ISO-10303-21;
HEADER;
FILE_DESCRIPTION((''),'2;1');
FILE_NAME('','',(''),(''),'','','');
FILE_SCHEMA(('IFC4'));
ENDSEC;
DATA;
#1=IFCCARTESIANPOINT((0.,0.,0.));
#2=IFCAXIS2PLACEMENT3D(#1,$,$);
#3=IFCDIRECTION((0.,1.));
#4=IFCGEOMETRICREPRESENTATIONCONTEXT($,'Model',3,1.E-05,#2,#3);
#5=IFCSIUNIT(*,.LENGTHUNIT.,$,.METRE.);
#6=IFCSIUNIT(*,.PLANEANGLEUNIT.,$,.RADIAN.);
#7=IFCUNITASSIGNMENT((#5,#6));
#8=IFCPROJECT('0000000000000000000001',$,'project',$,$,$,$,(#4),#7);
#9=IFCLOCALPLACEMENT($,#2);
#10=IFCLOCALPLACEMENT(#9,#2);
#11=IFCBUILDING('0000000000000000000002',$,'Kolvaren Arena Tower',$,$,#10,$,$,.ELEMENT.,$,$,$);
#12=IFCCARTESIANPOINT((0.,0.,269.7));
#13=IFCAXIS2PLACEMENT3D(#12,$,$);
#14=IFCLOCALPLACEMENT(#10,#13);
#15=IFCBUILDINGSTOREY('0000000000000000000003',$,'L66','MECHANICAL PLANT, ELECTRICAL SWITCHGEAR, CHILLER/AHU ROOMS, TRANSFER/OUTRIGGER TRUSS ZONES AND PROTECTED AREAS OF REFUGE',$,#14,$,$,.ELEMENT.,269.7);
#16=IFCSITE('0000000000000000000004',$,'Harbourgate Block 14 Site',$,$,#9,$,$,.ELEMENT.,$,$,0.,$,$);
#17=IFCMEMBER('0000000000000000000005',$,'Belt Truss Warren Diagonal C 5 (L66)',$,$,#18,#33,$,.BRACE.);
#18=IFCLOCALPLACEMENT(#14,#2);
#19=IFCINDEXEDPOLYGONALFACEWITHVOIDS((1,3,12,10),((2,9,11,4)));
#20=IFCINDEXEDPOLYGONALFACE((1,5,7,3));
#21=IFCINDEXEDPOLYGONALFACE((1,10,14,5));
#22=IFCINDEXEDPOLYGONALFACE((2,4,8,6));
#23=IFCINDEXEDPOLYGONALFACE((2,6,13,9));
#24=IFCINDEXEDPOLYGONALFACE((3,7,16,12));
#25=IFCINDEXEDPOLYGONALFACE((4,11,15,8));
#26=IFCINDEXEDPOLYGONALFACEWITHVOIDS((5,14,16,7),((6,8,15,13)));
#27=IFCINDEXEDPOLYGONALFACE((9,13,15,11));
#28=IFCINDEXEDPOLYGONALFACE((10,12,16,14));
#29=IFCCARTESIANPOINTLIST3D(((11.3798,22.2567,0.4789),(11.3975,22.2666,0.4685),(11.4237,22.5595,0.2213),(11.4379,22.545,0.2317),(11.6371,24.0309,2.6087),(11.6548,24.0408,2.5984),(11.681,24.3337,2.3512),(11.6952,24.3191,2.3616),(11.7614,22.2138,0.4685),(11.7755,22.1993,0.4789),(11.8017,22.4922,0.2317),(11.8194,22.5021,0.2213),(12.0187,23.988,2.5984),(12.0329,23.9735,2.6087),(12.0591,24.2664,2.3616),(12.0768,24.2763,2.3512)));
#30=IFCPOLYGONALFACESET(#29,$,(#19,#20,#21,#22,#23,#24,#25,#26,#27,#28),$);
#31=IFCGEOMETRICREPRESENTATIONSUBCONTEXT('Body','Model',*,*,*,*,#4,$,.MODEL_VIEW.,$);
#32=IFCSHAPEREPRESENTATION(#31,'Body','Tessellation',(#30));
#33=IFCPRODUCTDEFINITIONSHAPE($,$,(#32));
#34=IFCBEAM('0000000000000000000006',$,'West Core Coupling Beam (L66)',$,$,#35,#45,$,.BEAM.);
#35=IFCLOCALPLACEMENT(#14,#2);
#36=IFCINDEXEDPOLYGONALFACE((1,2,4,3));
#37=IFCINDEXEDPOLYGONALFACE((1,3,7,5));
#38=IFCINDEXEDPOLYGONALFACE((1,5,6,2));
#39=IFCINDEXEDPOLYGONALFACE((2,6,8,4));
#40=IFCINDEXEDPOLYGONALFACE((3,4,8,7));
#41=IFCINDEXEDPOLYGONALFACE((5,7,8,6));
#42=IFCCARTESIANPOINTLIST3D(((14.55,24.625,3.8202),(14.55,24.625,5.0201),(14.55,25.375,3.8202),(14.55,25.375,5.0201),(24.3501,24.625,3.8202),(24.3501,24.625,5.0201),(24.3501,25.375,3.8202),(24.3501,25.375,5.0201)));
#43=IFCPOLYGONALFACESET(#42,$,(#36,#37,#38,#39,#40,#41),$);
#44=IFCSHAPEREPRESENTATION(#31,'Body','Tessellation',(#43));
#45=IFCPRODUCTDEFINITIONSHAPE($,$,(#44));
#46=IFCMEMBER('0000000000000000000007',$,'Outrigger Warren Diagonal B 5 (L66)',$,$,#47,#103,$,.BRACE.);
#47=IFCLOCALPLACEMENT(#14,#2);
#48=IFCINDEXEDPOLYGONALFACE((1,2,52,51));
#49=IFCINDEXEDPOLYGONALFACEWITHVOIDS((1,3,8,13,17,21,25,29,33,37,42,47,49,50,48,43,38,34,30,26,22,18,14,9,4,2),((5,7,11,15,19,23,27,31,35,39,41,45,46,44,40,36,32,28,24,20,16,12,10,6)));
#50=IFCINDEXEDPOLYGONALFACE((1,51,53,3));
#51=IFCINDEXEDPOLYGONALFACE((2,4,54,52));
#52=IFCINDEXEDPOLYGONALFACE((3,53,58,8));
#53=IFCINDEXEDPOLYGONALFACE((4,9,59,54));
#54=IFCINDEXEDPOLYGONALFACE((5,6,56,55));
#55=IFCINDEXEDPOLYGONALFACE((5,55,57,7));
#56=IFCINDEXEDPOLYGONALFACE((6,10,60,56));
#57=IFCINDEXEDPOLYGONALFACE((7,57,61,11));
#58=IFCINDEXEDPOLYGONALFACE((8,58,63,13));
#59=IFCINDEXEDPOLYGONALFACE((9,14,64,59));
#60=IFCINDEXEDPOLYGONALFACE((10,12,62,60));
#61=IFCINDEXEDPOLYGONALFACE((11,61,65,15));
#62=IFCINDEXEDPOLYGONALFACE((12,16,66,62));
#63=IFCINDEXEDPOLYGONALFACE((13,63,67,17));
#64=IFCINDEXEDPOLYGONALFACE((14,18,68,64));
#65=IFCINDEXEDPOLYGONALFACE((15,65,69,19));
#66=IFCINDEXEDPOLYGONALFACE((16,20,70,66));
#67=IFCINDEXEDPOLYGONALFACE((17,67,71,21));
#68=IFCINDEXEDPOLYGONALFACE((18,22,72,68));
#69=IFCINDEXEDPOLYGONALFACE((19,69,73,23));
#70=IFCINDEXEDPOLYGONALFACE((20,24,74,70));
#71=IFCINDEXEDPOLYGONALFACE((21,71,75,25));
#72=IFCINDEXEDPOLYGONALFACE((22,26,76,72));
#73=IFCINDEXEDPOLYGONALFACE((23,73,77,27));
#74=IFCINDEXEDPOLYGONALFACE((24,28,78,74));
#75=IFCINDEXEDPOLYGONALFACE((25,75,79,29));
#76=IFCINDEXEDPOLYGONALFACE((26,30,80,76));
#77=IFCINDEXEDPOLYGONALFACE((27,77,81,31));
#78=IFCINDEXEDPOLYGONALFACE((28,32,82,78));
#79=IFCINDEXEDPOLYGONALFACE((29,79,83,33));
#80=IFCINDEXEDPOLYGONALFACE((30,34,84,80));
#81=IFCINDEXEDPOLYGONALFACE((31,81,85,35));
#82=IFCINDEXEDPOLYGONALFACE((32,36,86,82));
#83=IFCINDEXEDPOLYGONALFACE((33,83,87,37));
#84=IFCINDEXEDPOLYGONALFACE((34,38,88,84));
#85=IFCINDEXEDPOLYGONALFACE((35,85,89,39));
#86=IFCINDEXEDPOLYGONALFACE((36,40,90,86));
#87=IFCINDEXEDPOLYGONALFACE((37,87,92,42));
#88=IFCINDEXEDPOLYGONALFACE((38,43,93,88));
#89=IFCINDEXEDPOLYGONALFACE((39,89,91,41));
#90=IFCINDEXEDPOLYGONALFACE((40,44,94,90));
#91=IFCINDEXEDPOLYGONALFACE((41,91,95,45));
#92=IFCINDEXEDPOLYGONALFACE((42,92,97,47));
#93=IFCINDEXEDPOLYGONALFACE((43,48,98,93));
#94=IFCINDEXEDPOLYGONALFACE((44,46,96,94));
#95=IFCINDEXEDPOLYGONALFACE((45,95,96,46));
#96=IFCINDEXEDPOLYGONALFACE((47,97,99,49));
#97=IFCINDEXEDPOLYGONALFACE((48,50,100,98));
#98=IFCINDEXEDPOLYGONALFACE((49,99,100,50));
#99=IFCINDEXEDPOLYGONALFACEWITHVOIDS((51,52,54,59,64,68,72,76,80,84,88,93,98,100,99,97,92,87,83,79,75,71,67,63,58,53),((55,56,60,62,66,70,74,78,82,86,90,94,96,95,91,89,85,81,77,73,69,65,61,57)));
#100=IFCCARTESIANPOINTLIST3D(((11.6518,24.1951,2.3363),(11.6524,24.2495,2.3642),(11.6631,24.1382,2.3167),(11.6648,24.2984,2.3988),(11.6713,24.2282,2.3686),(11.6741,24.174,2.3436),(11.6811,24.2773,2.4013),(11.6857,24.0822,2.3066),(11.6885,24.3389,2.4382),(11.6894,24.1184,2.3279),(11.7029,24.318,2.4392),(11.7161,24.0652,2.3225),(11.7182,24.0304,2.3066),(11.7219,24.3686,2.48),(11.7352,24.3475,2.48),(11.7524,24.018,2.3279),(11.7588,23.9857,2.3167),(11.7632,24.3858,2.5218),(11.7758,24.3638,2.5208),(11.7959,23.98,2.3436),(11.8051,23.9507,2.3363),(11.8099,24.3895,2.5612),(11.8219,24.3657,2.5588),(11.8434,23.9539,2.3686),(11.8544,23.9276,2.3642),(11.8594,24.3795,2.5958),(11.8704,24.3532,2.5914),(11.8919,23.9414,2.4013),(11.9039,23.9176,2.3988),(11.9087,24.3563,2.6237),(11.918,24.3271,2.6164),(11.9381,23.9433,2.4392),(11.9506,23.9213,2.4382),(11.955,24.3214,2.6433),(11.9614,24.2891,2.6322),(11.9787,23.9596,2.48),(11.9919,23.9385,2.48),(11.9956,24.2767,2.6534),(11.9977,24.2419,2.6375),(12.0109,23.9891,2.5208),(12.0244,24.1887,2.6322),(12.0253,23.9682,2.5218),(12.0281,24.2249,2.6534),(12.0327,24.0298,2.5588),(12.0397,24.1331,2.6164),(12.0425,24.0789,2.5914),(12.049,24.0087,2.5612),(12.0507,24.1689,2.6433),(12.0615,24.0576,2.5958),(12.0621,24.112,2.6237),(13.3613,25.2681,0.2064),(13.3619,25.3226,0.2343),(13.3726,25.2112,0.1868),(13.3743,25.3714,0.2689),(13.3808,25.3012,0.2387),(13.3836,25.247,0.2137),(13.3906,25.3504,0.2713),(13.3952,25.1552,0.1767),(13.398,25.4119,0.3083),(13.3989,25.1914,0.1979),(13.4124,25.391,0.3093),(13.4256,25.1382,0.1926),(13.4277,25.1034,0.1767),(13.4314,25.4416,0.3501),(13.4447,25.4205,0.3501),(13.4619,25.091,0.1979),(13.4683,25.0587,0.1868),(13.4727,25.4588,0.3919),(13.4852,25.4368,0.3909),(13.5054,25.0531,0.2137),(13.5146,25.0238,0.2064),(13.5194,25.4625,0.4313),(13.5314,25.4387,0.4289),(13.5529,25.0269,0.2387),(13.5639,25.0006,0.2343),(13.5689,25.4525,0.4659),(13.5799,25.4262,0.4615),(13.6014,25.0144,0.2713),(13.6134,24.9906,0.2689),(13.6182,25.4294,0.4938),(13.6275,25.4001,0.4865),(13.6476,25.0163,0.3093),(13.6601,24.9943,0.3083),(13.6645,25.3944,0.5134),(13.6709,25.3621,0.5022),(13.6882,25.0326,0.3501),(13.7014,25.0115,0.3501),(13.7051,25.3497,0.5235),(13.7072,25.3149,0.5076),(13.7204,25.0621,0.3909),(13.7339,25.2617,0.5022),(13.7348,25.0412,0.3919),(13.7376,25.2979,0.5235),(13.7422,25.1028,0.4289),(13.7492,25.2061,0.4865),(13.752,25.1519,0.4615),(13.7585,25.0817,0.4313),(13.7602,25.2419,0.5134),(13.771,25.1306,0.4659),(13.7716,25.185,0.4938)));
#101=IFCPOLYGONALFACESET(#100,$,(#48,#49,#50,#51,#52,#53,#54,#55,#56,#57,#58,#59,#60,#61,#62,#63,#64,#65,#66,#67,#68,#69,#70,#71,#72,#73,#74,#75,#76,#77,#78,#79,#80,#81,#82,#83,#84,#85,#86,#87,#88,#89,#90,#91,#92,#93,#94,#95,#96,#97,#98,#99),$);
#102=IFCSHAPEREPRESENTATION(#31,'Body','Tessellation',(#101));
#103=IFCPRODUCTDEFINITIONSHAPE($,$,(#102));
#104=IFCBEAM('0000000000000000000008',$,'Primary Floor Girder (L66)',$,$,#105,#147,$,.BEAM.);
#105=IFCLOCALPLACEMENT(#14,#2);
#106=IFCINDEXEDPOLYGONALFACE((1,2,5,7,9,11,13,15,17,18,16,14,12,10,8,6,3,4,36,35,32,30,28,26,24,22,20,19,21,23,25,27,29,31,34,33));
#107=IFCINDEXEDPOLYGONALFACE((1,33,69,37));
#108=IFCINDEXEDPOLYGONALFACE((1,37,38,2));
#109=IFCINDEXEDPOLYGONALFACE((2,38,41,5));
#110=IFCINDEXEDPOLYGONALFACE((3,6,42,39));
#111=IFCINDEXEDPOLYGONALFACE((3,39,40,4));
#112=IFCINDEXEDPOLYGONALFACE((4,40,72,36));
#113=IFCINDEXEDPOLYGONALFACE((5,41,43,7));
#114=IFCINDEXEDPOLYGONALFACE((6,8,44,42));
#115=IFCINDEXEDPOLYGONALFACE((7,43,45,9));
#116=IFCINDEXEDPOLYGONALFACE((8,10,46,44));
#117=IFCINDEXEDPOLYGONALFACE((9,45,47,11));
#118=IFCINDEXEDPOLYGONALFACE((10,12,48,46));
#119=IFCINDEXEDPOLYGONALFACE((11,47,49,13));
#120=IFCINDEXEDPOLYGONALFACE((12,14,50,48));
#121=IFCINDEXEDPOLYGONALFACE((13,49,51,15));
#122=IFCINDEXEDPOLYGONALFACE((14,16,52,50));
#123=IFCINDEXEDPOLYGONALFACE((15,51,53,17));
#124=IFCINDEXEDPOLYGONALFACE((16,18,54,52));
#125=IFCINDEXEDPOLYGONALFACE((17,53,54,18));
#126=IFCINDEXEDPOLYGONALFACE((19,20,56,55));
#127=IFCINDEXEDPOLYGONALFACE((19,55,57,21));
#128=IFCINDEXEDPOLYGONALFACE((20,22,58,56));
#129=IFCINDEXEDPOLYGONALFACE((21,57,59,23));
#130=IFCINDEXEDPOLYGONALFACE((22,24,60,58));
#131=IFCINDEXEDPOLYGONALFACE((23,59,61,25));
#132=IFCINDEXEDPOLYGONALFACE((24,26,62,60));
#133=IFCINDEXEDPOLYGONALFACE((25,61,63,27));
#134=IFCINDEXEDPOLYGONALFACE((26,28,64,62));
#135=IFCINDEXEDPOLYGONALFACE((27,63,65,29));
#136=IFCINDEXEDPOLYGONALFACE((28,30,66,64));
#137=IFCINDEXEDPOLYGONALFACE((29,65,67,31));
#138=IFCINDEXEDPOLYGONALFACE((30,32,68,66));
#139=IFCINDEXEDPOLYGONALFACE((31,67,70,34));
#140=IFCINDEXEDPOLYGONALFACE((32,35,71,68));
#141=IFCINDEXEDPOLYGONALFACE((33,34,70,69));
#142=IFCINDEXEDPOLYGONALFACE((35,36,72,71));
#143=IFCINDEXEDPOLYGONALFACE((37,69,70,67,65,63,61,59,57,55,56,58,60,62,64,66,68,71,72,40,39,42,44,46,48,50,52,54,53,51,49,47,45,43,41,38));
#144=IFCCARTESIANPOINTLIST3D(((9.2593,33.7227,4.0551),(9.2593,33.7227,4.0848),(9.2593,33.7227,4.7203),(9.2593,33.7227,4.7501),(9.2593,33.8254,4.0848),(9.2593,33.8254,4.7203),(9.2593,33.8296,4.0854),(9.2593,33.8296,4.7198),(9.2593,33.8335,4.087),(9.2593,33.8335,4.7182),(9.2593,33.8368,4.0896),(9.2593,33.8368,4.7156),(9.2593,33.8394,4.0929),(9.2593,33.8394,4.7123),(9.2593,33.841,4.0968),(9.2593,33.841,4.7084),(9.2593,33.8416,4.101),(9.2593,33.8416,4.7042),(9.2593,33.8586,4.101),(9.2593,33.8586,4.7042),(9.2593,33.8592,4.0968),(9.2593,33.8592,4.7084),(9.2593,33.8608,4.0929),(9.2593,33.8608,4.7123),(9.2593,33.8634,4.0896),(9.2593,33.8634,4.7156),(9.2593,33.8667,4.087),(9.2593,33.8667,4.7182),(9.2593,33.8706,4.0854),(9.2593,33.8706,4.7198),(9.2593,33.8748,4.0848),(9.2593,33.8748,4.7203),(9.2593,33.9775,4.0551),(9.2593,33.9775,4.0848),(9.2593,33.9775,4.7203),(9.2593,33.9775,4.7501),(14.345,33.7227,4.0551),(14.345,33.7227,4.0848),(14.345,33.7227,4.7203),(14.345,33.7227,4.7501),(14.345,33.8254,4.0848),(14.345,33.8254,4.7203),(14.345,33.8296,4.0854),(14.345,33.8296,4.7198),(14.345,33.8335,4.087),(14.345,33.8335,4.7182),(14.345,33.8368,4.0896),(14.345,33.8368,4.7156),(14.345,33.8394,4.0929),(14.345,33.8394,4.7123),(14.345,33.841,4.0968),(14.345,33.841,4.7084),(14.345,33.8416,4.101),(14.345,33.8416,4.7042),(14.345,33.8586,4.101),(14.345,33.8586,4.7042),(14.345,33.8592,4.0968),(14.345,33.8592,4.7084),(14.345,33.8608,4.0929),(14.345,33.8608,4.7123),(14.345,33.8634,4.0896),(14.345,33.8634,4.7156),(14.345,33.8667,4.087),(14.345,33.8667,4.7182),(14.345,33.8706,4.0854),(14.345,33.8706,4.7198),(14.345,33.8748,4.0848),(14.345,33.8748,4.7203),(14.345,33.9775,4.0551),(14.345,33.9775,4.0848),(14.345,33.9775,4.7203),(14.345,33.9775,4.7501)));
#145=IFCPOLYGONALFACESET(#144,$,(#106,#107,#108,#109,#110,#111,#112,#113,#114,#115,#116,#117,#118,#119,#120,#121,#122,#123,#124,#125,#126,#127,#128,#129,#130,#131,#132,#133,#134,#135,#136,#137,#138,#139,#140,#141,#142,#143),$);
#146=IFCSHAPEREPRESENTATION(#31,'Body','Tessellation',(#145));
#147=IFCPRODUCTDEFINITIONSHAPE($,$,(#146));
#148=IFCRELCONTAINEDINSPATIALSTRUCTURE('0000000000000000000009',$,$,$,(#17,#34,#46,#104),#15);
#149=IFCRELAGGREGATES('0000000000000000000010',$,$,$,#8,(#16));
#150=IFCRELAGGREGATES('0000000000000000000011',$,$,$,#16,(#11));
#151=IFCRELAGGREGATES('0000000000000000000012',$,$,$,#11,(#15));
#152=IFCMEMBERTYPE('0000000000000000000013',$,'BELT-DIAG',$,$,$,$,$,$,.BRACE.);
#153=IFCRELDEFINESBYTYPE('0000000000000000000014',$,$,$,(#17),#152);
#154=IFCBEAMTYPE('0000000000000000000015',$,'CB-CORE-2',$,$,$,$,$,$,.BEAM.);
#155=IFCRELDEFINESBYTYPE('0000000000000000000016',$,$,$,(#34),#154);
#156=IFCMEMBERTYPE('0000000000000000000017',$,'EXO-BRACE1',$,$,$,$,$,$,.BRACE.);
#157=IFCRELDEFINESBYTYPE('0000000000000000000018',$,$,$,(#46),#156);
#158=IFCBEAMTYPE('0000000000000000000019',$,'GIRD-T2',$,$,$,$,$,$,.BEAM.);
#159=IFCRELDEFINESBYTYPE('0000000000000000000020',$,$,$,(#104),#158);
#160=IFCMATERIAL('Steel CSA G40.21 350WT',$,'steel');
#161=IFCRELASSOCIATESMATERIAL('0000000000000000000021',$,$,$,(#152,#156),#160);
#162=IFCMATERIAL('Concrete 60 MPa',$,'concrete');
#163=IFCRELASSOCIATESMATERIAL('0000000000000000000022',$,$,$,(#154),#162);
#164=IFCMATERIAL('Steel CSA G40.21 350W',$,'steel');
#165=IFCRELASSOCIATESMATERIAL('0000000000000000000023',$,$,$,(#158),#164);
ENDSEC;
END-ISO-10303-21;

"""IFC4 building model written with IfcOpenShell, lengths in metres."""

from ifc_helpers import new_model, si_unit, direction, frame, origin, origin_2d, place, context, subcontext, project, spatial, rectangle, hollow_rectangle, hollow_circle, i_section, extrude, material, material_profile, profile_set, type_object, element, save


model = new_model("IFC4")

# Units and contexts
model_context = context("Model", 3, precision=1e-05, world=origin(), true_north=direction((0.0, 1.0)))
body_context = subcontext(model_context, "Body", "Model", "MODEL_VIEW")
ifc_project = project(units=[si_unit("LENGTHUNIT", "METRE"), si_unit("PLANEANGLEUNIT", "RADIAN")], contexts=[model_context])

# Site, building, storey
site_placement = place(None, origin())
site = spatial("IfcSite", under=ifc_project, at=site_placement, Name="Harbourgate Block 14 Site", CompositionType="ELEMENT", RefElevation=0.0)
building_placement = place(site_placement, origin())
building = spatial("IfcBuilding", under=site, at=building_placement, Name="Kolvaren Arena Tower", CompositionType="ELEMENT")
storey_placement = place(building_placement, frame((0.0, 0.0, 269.7)))
storey = spatial("IfcBuildingStorey", under=building, at=storey_placement, Name="L66", Description="MECHANICAL PLANT, ELECTRICAL SWITCHGEAR, CHILLER/AHU ROOMS, TRANSFER/OUTRIGGER TRUSS ZONES AND PROTECTED AREAS OF REFUGE", CompositionType="ELEMENT", Elevation=269.7)

# Shared definitions
ifc_material_1 = material(Name="Steel CSA G40.21 350W", Category="steel")

# Member
ifc_material_2 = material(Name="Steel CSA G40.21 350WT", Category="steel")
ifc_material_profile_1 = material_profile(ifc_material_2, hollow_rectangle(XDim=0.3999, YDim=0.3999, WallThickness=0.0161, at=origin_2d()), Name="HSS 400x400x16")
ifc_profile_set_1 = profile_set([ifc_material_profile_1], Name="Steel CSA G40.21 350WT")
member_type_1 = type_object("IfcMemberType", Name="BELT-DIAG", PredefinedType="BRACE", material=ifc_profile_set_1)
member_1_placement = place(storey_placement, frame((11.8569, 24.1536, 2.48), z_axis=(-0.092432, -0.637289, -0.765062), x_axis=(0.989645, -0.143537, 0.0)))
element("IfcMember", 1, at=member_1_placement, inside=storey, type_object=member_type_1, Name="Belt Truss Warren Diagonal C 5 (L66)", PredefinedType="BRACE", context=body_context, shape_type="SweptSolid", body=[
    extrude(hollow_rectangle(XDim=0.3999, YDim=0.3999, WallThickness=0.0161, at=origin_2d()), origin(), (0.0, 0.0, 1.0), 2.7839),
])

# Beam
ifc_material_3 = material(Name="Concrete 60 MPa", Category="concrete")
ifc_material_profile_2 = material_profile(ifc_material_3, rectangle(XDim=0.75, YDim=1.2, at=origin_2d()), Name="RC-750x1200")
ifc_profile_set_2 = profile_set([ifc_material_profile_2], Name="Concrete 60 MPa")
beam_type_1 = type_object("IfcBeamType", Name="CB-CORE-2", PredefinedType="BEAM", material=ifc_profile_set_2)
beam_1_placement = place(storey_placement, frame((14.55, 25.0, 4.4202), z_axis=(1.0, 0.0, 0.0), x_axis=(0.0, 1.0, 0.0)))
element("IfcBeam", 2, at=beam_1_placement, inside=storey, type_object=beam_type_1, Name="West Core Coupling Beam (L66)", PredefinedType="BEAM", context=body_context, shape_type="SweptSolid", body=[
    extrude(rectangle(XDim=0.75, YDim=1.2, at=origin_2d()), origin(), (0.0, 0.0, 1.0), 9.8),
])

# Member
ifc_material_profile_3 = material_profile(ifc_material_2, hollow_circle(Radius=0.2539, WallThickness=0.0249, at=origin_2d()), Name="CHS 508x25")
ifc_profile_set_3 = profile_set([ifc_material_profile_3], Name="Steel CSA G40.21 350WT")
member_type_2 = type_object("IfcMemberType", Name="EXO-BRACE1", PredefinedType="BRACE", material=ifc_profile_set_3)
member_2_placement = place(storey_placement, frame((13.5664, 25.2266, 0.3501), z_axis=(-0.582586, -0.365676, 0.725861), x_axis=(0.531629, -0.846977, 0.0)))
element("IfcMember", 3, at=member_2_placement, inside=storey, type_object=member_type_2, Name="Outrigger Warren Diagonal B 5 (L66)", PredefinedType="BRACE", context=body_context, shape_type="SweptSolid", body=[
    extrude(hollow_circle(Radius=0.2539, WallThickness=0.0249, at=origin_2d()), origin(), (0.0, 0.0, 1.0), 2.9343),
])

# Beam
ifc_material_profile_4 = material_profile(ifc_material_1, i_section(OverallWidth=0.2549, OverallDepth=0.6951, WebThickness=0.0171, FlangeThickness=0.0298, FilletRadius=0.0161, at=origin_2d()), Name="W690x217")
ifc_profile_set_4 = profile_set([ifc_material_profile_4], Name="Steel CSA G40.21 350W")
beam_type_2 = type_object("IfcBeamType", Name="GIRD-T2", PredefinedType="BEAM", material=ifc_profile_set_4)
beam_2_placement = place(storey_placement, frame((9.2593, 33.8501, 4.4026), z_axis=(1.0, 0.0, 0.0), x_axis=(0.0, 1.0, 0.0)))
element("IfcBeam", 4, at=beam_2_placement, inside=storey, type_object=beam_type_2, Name="Primary Floor Girder (L66)", PredefinedType="BEAM", context=body_context, shape_type="SweptSolid", body=[
    extrude(i_section(OverallWidth=0.2549, OverallDepth=0.6951, WebThickness=0.0171, FlangeThickness=0.0298, FilletRadius=0.0161, at=origin_2d()), origin(), (0.0, 0.0, 1.0), 5.0857),
])

save(model, "model.ifc")
